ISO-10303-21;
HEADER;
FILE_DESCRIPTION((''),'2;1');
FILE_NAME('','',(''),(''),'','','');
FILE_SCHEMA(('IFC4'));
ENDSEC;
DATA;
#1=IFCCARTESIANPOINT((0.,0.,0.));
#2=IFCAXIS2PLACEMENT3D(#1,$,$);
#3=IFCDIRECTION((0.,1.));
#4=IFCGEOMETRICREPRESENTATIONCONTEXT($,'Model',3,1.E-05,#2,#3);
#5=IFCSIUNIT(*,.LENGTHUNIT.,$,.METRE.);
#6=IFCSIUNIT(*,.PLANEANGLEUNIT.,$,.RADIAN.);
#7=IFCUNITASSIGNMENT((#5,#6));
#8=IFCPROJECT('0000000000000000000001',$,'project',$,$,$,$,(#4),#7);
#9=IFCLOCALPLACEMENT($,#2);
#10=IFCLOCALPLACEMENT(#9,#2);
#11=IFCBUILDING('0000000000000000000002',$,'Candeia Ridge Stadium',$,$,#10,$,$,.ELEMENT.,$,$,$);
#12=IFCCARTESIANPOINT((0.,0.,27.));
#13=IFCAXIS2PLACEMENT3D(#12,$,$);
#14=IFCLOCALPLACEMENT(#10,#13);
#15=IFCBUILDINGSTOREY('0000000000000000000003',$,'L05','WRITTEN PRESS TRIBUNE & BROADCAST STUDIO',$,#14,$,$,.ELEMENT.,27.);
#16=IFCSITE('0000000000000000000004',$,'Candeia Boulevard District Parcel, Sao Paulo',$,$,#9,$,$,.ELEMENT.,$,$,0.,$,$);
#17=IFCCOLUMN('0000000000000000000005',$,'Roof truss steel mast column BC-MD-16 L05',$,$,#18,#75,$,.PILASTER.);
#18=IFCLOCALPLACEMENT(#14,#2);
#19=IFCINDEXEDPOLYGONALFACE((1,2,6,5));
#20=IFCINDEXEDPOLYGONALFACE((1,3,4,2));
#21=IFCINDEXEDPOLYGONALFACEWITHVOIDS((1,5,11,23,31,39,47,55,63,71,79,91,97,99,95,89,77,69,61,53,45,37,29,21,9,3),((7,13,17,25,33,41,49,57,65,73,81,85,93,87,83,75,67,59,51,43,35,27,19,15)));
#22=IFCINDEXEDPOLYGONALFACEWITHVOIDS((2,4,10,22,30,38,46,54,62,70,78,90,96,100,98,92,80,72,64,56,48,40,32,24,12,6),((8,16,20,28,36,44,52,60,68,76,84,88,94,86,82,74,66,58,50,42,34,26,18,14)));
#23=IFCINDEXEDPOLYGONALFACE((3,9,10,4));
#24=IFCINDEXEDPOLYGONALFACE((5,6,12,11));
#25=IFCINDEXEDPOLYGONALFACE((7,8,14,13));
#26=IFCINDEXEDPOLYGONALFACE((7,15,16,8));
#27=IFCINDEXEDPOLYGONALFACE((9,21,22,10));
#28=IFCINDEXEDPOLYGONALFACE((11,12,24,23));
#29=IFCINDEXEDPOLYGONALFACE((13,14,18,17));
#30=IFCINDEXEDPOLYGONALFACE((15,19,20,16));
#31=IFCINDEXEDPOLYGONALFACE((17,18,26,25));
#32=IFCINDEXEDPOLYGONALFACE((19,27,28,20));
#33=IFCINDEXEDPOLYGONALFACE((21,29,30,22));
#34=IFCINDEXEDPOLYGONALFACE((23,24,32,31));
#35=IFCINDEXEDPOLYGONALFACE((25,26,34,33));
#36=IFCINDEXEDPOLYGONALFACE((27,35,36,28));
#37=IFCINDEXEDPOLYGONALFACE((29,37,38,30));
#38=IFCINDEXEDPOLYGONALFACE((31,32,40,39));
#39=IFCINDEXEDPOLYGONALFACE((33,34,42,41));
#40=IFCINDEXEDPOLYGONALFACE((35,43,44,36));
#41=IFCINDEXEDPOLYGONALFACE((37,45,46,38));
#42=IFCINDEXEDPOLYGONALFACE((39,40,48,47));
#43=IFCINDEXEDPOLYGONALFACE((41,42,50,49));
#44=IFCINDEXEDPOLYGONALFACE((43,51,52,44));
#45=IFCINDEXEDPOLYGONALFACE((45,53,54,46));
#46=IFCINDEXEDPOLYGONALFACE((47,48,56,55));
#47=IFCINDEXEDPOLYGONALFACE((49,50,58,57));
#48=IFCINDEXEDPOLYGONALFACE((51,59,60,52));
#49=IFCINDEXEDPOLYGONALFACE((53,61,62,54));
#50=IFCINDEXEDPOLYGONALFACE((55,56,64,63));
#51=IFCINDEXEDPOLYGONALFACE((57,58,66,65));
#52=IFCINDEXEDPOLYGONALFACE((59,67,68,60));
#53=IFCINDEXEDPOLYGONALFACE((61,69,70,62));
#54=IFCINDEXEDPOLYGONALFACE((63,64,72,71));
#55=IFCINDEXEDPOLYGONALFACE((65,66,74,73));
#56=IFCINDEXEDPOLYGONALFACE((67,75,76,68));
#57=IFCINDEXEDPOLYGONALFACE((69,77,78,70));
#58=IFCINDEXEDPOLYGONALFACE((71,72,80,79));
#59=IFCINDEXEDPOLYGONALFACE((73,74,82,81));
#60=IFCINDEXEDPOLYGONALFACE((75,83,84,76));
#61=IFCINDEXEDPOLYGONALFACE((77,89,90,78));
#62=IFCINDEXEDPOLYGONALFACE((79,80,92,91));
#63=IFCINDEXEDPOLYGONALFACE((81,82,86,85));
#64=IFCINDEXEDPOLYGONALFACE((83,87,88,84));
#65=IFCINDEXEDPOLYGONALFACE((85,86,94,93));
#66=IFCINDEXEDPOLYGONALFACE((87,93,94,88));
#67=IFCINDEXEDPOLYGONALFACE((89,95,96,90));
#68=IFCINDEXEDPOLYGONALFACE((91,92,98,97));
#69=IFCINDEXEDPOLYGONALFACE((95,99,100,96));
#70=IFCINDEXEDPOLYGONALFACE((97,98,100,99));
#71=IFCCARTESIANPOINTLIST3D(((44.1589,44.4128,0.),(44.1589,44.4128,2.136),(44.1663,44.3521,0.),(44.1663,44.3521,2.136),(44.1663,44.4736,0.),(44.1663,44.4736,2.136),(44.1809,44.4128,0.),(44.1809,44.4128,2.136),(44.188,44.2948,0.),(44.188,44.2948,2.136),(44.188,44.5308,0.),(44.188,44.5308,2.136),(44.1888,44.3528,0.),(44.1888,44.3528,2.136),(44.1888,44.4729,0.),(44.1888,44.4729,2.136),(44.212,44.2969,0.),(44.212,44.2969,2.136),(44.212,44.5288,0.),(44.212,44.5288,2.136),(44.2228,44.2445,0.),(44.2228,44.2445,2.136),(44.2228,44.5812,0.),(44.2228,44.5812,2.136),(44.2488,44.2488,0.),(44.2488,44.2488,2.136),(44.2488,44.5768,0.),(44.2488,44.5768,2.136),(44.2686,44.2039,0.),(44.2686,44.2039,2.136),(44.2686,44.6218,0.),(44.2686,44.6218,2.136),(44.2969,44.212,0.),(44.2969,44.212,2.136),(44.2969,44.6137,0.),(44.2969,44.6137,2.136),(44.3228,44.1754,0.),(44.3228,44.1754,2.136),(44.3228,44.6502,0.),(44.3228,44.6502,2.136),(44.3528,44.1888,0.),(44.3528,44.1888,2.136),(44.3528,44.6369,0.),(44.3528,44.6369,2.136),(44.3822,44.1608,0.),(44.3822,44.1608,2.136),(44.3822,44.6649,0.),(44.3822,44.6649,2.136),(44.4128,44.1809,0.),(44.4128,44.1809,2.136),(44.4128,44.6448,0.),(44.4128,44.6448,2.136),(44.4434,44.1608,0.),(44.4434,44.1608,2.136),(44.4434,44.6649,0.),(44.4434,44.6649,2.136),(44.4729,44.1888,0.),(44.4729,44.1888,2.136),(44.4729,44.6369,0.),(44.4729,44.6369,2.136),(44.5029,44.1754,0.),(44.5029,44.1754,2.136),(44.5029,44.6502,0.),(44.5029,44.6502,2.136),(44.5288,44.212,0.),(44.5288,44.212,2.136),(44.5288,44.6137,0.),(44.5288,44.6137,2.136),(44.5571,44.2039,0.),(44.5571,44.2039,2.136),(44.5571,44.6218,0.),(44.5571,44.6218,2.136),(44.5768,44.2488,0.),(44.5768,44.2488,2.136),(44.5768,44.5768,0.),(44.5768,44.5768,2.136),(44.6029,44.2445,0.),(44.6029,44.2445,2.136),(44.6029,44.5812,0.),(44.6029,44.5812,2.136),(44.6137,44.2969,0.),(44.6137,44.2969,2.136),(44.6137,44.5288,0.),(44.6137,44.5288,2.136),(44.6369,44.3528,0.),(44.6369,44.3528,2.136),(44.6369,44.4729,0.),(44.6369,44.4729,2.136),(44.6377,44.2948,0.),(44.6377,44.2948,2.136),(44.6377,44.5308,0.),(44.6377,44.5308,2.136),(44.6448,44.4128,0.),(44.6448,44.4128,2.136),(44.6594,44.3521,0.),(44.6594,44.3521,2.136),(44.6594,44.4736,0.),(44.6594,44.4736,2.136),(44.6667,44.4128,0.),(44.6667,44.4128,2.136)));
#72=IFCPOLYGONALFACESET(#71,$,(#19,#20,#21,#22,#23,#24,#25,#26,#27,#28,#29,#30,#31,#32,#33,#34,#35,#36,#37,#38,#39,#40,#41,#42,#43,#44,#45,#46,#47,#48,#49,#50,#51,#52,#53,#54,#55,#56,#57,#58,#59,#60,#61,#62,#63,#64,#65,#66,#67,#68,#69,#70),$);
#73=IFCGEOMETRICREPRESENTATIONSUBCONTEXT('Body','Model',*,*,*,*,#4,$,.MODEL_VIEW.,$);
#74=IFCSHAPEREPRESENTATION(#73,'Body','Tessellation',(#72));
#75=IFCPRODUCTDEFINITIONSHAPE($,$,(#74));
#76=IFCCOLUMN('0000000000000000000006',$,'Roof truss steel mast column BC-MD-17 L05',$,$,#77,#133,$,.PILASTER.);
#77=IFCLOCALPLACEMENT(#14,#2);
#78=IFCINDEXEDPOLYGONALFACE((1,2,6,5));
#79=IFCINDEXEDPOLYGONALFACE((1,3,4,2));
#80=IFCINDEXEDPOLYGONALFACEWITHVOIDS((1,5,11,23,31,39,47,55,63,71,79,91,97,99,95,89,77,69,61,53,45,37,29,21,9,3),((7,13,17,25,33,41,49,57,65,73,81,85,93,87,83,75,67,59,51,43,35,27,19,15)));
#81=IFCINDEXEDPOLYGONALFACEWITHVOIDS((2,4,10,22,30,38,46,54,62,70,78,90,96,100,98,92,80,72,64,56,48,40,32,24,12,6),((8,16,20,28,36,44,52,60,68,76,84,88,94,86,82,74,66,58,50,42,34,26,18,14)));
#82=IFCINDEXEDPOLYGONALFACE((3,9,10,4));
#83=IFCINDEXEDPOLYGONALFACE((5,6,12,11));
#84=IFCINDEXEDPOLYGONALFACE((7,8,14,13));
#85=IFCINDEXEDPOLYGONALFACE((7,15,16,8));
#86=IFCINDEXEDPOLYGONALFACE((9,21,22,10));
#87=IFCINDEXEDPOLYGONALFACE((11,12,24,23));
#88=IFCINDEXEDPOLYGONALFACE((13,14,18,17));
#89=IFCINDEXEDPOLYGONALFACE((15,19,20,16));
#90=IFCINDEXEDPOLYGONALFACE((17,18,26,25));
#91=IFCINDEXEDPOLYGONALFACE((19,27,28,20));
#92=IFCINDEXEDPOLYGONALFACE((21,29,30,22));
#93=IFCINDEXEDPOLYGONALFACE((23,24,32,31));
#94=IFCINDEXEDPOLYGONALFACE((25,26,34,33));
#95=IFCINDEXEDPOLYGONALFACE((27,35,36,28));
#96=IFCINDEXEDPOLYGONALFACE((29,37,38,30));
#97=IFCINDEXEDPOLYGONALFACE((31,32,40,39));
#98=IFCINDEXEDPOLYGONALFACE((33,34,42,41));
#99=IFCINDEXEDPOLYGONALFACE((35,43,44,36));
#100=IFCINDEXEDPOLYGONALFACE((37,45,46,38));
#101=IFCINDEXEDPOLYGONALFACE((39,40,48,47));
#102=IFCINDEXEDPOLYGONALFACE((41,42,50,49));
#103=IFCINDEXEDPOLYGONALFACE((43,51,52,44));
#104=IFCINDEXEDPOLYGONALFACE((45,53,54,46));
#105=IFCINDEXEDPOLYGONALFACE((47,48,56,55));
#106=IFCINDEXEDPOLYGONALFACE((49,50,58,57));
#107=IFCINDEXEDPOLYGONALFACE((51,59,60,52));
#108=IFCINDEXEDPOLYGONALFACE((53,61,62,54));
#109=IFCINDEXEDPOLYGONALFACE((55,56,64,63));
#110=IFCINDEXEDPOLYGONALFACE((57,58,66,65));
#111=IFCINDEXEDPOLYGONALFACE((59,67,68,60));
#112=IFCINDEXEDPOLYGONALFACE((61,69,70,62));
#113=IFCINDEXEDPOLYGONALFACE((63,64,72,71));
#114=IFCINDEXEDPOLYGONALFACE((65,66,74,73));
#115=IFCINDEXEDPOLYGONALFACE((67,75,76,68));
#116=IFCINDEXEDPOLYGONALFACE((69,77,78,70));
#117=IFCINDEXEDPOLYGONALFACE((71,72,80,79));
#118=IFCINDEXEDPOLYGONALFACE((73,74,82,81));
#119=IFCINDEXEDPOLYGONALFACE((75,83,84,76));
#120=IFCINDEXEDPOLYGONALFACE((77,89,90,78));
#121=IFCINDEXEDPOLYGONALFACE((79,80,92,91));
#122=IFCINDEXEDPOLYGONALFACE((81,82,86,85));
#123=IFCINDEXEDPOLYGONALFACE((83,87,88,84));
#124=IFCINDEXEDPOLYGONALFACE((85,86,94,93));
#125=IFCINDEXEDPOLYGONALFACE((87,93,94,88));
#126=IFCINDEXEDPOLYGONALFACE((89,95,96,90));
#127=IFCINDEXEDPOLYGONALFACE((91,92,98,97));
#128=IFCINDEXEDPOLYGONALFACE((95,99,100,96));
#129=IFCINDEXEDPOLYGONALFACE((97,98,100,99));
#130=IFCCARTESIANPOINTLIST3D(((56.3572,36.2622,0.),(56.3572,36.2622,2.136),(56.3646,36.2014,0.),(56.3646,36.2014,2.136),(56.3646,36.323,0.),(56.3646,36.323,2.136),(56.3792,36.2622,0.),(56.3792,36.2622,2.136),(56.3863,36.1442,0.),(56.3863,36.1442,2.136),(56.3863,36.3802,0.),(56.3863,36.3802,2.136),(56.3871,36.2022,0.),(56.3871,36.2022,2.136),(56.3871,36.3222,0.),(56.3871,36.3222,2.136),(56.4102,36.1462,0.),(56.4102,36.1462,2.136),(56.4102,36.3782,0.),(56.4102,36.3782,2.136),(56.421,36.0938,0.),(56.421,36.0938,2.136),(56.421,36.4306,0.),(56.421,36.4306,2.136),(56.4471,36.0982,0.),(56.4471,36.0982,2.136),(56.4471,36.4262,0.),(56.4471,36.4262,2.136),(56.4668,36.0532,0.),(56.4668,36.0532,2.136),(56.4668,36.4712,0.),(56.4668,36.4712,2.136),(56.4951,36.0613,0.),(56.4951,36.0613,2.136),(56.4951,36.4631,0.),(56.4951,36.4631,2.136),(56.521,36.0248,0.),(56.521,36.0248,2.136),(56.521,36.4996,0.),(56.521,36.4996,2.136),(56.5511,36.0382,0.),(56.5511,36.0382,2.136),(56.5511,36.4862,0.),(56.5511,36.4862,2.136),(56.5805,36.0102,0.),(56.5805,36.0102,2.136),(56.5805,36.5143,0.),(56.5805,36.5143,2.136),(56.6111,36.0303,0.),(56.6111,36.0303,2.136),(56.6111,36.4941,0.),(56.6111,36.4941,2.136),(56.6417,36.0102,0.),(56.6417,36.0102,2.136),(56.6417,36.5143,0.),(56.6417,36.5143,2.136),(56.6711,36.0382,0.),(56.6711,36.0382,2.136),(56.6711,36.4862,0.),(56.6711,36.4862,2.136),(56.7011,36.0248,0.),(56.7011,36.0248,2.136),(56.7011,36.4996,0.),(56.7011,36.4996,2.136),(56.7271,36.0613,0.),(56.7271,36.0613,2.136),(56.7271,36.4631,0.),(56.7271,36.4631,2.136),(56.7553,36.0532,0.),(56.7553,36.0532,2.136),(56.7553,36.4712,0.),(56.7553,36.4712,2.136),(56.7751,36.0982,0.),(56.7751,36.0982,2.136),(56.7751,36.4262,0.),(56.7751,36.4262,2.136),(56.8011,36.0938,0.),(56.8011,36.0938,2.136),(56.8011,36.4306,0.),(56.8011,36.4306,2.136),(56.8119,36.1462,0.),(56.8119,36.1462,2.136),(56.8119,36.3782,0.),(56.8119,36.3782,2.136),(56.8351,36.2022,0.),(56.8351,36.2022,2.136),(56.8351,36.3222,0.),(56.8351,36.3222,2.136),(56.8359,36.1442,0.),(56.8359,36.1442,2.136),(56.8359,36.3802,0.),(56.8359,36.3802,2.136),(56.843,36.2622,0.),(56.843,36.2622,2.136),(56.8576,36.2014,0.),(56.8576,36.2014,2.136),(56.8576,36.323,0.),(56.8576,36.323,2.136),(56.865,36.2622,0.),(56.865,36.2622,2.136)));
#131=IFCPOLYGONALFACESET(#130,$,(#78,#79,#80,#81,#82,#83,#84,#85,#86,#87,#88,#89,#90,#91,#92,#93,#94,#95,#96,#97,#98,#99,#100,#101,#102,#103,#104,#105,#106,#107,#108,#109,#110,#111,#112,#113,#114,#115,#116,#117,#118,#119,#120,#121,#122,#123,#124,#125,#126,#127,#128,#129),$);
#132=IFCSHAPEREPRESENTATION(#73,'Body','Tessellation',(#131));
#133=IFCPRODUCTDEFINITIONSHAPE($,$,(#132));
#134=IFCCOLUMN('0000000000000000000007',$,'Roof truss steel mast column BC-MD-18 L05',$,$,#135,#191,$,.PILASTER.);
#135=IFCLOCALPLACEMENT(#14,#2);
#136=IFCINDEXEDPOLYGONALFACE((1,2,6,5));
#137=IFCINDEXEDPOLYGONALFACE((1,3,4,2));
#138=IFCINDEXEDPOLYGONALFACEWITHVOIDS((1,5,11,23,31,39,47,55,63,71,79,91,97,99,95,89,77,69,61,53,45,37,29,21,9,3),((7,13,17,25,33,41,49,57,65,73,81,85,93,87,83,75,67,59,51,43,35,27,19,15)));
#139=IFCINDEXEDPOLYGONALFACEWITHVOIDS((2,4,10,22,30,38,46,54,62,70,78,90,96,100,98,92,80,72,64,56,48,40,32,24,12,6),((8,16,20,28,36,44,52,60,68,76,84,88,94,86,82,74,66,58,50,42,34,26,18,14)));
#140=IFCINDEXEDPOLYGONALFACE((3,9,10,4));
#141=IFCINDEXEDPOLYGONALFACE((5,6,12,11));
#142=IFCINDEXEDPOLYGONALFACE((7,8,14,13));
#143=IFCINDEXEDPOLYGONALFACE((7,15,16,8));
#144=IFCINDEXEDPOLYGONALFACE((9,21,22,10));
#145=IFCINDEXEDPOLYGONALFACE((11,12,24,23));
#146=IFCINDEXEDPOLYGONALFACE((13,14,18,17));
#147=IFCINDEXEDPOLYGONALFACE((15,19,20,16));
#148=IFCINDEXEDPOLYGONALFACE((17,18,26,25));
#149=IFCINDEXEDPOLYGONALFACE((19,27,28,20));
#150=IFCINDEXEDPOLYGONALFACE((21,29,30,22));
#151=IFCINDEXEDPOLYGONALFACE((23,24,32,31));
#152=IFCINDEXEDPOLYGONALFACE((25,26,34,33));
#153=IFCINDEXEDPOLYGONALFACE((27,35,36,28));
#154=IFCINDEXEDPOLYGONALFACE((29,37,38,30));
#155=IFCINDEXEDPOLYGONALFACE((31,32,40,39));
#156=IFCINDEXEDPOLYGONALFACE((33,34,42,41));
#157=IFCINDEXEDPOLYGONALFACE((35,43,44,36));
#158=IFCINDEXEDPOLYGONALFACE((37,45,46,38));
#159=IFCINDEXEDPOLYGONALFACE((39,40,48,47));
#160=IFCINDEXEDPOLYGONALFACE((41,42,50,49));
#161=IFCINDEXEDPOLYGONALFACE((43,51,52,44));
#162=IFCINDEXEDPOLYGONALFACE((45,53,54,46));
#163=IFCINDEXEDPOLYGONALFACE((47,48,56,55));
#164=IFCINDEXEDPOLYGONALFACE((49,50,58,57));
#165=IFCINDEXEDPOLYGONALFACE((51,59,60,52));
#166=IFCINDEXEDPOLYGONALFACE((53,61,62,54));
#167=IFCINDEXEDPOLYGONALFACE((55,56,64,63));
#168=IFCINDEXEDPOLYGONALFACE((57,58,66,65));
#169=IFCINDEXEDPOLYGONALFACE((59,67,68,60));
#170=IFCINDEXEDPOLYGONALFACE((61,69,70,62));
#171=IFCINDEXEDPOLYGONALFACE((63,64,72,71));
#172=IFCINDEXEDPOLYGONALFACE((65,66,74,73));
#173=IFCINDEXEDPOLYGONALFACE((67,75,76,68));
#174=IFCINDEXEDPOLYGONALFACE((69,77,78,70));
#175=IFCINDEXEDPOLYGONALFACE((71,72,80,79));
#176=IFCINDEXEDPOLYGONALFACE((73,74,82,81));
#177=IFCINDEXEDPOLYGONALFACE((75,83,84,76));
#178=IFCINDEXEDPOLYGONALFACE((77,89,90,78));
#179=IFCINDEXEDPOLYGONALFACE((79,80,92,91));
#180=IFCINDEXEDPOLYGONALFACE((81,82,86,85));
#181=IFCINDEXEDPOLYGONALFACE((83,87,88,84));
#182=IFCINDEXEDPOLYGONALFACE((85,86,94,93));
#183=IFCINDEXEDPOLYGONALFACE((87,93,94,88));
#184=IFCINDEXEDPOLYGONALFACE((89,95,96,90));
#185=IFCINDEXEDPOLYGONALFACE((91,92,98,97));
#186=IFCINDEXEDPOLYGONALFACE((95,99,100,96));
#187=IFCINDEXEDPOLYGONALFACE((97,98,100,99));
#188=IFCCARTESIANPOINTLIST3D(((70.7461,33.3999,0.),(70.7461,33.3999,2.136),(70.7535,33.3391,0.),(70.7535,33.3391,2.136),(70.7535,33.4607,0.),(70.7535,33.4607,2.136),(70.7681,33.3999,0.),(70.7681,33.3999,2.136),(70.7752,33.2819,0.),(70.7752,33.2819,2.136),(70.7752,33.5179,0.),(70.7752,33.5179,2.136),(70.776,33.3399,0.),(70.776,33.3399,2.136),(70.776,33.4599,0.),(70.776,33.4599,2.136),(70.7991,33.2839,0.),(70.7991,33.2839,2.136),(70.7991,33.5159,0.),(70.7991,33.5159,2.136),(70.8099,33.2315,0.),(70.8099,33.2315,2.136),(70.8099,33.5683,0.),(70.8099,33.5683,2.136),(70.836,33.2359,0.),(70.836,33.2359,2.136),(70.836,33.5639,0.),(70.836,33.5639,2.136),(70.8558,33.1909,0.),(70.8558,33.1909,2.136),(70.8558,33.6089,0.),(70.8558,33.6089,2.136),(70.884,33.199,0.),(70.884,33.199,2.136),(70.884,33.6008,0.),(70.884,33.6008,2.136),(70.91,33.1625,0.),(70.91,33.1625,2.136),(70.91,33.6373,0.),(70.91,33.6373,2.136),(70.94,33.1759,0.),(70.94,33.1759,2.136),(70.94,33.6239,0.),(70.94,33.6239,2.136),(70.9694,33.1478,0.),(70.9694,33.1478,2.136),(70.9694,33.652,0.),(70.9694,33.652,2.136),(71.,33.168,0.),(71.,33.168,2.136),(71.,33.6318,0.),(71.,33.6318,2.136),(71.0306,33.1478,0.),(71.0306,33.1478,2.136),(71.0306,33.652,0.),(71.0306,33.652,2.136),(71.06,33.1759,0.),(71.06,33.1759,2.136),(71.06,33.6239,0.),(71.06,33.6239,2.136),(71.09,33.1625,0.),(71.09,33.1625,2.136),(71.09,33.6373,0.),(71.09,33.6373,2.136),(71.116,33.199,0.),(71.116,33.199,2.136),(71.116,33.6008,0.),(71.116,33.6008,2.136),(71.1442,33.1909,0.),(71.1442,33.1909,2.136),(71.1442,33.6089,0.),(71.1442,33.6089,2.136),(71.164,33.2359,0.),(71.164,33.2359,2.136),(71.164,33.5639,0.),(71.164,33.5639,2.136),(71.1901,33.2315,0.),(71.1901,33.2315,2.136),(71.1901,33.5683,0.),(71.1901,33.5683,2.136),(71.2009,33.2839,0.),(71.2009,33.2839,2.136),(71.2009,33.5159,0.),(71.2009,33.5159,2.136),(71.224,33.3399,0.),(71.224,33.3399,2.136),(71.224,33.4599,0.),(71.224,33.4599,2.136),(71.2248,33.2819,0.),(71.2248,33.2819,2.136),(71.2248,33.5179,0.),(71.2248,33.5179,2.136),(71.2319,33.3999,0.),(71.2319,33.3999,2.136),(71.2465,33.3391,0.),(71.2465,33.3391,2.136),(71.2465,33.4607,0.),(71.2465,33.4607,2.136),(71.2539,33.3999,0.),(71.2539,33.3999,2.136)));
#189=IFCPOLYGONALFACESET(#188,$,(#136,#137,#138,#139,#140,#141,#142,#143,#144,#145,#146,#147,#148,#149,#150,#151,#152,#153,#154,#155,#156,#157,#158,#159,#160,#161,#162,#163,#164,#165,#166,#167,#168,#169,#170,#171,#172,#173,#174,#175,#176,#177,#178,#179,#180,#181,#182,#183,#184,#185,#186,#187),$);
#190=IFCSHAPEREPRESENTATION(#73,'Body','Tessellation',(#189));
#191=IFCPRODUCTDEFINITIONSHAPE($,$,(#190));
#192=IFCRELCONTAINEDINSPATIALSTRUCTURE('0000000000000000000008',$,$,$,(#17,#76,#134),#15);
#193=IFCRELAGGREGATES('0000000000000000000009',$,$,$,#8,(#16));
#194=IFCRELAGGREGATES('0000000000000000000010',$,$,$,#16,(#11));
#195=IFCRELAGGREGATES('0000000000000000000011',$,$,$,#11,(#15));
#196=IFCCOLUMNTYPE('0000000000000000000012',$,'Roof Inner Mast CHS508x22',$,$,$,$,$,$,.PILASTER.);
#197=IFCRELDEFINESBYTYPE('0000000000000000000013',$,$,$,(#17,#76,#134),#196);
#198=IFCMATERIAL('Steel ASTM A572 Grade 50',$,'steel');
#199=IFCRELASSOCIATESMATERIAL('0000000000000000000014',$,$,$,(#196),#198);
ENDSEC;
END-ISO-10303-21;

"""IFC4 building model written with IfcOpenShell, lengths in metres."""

from ifc_helpers import new_model, si_unit, direction, frame, origin, origin_2d, place, context, subcontext, project, spatial, hollow_circle, extrude, material, material_profile, profile_set, type_object, element, save


model = new_model("IFC4")

# Units and contexts
model_context = context("Model", 3, precision=1e-05, world=origin(), true_north=direction((0.0, 1.0)))
body_context = subcontext(model_context, "Body", "Model", "MODEL_VIEW")
ifc_project = project(units=[si_unit("LENGTHUNIT", "METRE"), si_unit("PLANEANGLEUNIT", "RADIAN")], contexts=[model_context])

# Site, building, storey
site_placement = place(None, origin())
site = spatial("IfcSite", under=ifc_project, at=site_placement, Name="Candeia Boulevard District Parcel, Sao Paulo", CompositionType="ELEMENT", RefElevation=0.0)
building_placement = place(site_placement, origin())
building = spatial("IfcBuilding", under=site, at=building_placement, Name="Candeia Ridge Stadium", CompositionType="ELEMENT")
storey_placement = place(building_placement, frame((0.0, 0.0, 27.0)))
storey = spatial("IfcBuildingStorey", under=building, at=storey_placement, Name="L05", Description="WRITTEN PRESS TRIBUNE & BROADCAST STUDIO", CompositionType="ELEMENT", Elevation=27.0)

# Columns
ifc_material_1 = material(Name="Steel ASTM A572 Grade 50", Category="steel")
ifc_material_profile_1 = material_profile(ifc_material_1, hollow_circle(Radius=0.2539, WallThickness=0.022, at=origin_2d()), Name="CHS508x22", Category="steel")
ifc_profile_set_1 = profile_set([ifc_material_profile_1], Name="Steel ASTM A572 Grade 50")
column_type_1 = type_object("IfcColumnType", Name="Roof Inner Mast CHS508x22", PredefinedType="PILASTER", material=ifc_profile_set_1)
for number, where, z_axis, x_axis, name in (
    (1, (44.4128, 44.4128, 0.0), (0.0, 0.0, 1.0), (1.0, 0.0, 0.0), "Roof truss steel mast column BC-MD-16 L05"),
    (2, (56.6111, 36.2622, 0.0), (0.0, 0.0, 1.0), (1.0, 0.0, 0.0), "Roof truss steel mast column BC-MD-17 L05"),
    (3, (71.0, 33.3999, 0.0), (0.0, 0.0, 1.0), (1.0, 0.0, 0.0), "Roof truss steel mast column BC-MD-18 L05"),
):
    element("IfcColumn", number, at=place(storey_placement, frame(where, z_axis=z_axis, x_axis=x_axis)), inside=storey, type_object=column_type_1, Name=name, PredefinedType="PILASTER", context=body_context, shape_type="SweptSolid", body=[
        extrude(hollow_circle(Radius=0.2539, WallThickness=0.022, at=origin_2d()), origin(), (0.0, 0.0, 1.0), 2.136),
    ])

save(model, "model.ifc")
